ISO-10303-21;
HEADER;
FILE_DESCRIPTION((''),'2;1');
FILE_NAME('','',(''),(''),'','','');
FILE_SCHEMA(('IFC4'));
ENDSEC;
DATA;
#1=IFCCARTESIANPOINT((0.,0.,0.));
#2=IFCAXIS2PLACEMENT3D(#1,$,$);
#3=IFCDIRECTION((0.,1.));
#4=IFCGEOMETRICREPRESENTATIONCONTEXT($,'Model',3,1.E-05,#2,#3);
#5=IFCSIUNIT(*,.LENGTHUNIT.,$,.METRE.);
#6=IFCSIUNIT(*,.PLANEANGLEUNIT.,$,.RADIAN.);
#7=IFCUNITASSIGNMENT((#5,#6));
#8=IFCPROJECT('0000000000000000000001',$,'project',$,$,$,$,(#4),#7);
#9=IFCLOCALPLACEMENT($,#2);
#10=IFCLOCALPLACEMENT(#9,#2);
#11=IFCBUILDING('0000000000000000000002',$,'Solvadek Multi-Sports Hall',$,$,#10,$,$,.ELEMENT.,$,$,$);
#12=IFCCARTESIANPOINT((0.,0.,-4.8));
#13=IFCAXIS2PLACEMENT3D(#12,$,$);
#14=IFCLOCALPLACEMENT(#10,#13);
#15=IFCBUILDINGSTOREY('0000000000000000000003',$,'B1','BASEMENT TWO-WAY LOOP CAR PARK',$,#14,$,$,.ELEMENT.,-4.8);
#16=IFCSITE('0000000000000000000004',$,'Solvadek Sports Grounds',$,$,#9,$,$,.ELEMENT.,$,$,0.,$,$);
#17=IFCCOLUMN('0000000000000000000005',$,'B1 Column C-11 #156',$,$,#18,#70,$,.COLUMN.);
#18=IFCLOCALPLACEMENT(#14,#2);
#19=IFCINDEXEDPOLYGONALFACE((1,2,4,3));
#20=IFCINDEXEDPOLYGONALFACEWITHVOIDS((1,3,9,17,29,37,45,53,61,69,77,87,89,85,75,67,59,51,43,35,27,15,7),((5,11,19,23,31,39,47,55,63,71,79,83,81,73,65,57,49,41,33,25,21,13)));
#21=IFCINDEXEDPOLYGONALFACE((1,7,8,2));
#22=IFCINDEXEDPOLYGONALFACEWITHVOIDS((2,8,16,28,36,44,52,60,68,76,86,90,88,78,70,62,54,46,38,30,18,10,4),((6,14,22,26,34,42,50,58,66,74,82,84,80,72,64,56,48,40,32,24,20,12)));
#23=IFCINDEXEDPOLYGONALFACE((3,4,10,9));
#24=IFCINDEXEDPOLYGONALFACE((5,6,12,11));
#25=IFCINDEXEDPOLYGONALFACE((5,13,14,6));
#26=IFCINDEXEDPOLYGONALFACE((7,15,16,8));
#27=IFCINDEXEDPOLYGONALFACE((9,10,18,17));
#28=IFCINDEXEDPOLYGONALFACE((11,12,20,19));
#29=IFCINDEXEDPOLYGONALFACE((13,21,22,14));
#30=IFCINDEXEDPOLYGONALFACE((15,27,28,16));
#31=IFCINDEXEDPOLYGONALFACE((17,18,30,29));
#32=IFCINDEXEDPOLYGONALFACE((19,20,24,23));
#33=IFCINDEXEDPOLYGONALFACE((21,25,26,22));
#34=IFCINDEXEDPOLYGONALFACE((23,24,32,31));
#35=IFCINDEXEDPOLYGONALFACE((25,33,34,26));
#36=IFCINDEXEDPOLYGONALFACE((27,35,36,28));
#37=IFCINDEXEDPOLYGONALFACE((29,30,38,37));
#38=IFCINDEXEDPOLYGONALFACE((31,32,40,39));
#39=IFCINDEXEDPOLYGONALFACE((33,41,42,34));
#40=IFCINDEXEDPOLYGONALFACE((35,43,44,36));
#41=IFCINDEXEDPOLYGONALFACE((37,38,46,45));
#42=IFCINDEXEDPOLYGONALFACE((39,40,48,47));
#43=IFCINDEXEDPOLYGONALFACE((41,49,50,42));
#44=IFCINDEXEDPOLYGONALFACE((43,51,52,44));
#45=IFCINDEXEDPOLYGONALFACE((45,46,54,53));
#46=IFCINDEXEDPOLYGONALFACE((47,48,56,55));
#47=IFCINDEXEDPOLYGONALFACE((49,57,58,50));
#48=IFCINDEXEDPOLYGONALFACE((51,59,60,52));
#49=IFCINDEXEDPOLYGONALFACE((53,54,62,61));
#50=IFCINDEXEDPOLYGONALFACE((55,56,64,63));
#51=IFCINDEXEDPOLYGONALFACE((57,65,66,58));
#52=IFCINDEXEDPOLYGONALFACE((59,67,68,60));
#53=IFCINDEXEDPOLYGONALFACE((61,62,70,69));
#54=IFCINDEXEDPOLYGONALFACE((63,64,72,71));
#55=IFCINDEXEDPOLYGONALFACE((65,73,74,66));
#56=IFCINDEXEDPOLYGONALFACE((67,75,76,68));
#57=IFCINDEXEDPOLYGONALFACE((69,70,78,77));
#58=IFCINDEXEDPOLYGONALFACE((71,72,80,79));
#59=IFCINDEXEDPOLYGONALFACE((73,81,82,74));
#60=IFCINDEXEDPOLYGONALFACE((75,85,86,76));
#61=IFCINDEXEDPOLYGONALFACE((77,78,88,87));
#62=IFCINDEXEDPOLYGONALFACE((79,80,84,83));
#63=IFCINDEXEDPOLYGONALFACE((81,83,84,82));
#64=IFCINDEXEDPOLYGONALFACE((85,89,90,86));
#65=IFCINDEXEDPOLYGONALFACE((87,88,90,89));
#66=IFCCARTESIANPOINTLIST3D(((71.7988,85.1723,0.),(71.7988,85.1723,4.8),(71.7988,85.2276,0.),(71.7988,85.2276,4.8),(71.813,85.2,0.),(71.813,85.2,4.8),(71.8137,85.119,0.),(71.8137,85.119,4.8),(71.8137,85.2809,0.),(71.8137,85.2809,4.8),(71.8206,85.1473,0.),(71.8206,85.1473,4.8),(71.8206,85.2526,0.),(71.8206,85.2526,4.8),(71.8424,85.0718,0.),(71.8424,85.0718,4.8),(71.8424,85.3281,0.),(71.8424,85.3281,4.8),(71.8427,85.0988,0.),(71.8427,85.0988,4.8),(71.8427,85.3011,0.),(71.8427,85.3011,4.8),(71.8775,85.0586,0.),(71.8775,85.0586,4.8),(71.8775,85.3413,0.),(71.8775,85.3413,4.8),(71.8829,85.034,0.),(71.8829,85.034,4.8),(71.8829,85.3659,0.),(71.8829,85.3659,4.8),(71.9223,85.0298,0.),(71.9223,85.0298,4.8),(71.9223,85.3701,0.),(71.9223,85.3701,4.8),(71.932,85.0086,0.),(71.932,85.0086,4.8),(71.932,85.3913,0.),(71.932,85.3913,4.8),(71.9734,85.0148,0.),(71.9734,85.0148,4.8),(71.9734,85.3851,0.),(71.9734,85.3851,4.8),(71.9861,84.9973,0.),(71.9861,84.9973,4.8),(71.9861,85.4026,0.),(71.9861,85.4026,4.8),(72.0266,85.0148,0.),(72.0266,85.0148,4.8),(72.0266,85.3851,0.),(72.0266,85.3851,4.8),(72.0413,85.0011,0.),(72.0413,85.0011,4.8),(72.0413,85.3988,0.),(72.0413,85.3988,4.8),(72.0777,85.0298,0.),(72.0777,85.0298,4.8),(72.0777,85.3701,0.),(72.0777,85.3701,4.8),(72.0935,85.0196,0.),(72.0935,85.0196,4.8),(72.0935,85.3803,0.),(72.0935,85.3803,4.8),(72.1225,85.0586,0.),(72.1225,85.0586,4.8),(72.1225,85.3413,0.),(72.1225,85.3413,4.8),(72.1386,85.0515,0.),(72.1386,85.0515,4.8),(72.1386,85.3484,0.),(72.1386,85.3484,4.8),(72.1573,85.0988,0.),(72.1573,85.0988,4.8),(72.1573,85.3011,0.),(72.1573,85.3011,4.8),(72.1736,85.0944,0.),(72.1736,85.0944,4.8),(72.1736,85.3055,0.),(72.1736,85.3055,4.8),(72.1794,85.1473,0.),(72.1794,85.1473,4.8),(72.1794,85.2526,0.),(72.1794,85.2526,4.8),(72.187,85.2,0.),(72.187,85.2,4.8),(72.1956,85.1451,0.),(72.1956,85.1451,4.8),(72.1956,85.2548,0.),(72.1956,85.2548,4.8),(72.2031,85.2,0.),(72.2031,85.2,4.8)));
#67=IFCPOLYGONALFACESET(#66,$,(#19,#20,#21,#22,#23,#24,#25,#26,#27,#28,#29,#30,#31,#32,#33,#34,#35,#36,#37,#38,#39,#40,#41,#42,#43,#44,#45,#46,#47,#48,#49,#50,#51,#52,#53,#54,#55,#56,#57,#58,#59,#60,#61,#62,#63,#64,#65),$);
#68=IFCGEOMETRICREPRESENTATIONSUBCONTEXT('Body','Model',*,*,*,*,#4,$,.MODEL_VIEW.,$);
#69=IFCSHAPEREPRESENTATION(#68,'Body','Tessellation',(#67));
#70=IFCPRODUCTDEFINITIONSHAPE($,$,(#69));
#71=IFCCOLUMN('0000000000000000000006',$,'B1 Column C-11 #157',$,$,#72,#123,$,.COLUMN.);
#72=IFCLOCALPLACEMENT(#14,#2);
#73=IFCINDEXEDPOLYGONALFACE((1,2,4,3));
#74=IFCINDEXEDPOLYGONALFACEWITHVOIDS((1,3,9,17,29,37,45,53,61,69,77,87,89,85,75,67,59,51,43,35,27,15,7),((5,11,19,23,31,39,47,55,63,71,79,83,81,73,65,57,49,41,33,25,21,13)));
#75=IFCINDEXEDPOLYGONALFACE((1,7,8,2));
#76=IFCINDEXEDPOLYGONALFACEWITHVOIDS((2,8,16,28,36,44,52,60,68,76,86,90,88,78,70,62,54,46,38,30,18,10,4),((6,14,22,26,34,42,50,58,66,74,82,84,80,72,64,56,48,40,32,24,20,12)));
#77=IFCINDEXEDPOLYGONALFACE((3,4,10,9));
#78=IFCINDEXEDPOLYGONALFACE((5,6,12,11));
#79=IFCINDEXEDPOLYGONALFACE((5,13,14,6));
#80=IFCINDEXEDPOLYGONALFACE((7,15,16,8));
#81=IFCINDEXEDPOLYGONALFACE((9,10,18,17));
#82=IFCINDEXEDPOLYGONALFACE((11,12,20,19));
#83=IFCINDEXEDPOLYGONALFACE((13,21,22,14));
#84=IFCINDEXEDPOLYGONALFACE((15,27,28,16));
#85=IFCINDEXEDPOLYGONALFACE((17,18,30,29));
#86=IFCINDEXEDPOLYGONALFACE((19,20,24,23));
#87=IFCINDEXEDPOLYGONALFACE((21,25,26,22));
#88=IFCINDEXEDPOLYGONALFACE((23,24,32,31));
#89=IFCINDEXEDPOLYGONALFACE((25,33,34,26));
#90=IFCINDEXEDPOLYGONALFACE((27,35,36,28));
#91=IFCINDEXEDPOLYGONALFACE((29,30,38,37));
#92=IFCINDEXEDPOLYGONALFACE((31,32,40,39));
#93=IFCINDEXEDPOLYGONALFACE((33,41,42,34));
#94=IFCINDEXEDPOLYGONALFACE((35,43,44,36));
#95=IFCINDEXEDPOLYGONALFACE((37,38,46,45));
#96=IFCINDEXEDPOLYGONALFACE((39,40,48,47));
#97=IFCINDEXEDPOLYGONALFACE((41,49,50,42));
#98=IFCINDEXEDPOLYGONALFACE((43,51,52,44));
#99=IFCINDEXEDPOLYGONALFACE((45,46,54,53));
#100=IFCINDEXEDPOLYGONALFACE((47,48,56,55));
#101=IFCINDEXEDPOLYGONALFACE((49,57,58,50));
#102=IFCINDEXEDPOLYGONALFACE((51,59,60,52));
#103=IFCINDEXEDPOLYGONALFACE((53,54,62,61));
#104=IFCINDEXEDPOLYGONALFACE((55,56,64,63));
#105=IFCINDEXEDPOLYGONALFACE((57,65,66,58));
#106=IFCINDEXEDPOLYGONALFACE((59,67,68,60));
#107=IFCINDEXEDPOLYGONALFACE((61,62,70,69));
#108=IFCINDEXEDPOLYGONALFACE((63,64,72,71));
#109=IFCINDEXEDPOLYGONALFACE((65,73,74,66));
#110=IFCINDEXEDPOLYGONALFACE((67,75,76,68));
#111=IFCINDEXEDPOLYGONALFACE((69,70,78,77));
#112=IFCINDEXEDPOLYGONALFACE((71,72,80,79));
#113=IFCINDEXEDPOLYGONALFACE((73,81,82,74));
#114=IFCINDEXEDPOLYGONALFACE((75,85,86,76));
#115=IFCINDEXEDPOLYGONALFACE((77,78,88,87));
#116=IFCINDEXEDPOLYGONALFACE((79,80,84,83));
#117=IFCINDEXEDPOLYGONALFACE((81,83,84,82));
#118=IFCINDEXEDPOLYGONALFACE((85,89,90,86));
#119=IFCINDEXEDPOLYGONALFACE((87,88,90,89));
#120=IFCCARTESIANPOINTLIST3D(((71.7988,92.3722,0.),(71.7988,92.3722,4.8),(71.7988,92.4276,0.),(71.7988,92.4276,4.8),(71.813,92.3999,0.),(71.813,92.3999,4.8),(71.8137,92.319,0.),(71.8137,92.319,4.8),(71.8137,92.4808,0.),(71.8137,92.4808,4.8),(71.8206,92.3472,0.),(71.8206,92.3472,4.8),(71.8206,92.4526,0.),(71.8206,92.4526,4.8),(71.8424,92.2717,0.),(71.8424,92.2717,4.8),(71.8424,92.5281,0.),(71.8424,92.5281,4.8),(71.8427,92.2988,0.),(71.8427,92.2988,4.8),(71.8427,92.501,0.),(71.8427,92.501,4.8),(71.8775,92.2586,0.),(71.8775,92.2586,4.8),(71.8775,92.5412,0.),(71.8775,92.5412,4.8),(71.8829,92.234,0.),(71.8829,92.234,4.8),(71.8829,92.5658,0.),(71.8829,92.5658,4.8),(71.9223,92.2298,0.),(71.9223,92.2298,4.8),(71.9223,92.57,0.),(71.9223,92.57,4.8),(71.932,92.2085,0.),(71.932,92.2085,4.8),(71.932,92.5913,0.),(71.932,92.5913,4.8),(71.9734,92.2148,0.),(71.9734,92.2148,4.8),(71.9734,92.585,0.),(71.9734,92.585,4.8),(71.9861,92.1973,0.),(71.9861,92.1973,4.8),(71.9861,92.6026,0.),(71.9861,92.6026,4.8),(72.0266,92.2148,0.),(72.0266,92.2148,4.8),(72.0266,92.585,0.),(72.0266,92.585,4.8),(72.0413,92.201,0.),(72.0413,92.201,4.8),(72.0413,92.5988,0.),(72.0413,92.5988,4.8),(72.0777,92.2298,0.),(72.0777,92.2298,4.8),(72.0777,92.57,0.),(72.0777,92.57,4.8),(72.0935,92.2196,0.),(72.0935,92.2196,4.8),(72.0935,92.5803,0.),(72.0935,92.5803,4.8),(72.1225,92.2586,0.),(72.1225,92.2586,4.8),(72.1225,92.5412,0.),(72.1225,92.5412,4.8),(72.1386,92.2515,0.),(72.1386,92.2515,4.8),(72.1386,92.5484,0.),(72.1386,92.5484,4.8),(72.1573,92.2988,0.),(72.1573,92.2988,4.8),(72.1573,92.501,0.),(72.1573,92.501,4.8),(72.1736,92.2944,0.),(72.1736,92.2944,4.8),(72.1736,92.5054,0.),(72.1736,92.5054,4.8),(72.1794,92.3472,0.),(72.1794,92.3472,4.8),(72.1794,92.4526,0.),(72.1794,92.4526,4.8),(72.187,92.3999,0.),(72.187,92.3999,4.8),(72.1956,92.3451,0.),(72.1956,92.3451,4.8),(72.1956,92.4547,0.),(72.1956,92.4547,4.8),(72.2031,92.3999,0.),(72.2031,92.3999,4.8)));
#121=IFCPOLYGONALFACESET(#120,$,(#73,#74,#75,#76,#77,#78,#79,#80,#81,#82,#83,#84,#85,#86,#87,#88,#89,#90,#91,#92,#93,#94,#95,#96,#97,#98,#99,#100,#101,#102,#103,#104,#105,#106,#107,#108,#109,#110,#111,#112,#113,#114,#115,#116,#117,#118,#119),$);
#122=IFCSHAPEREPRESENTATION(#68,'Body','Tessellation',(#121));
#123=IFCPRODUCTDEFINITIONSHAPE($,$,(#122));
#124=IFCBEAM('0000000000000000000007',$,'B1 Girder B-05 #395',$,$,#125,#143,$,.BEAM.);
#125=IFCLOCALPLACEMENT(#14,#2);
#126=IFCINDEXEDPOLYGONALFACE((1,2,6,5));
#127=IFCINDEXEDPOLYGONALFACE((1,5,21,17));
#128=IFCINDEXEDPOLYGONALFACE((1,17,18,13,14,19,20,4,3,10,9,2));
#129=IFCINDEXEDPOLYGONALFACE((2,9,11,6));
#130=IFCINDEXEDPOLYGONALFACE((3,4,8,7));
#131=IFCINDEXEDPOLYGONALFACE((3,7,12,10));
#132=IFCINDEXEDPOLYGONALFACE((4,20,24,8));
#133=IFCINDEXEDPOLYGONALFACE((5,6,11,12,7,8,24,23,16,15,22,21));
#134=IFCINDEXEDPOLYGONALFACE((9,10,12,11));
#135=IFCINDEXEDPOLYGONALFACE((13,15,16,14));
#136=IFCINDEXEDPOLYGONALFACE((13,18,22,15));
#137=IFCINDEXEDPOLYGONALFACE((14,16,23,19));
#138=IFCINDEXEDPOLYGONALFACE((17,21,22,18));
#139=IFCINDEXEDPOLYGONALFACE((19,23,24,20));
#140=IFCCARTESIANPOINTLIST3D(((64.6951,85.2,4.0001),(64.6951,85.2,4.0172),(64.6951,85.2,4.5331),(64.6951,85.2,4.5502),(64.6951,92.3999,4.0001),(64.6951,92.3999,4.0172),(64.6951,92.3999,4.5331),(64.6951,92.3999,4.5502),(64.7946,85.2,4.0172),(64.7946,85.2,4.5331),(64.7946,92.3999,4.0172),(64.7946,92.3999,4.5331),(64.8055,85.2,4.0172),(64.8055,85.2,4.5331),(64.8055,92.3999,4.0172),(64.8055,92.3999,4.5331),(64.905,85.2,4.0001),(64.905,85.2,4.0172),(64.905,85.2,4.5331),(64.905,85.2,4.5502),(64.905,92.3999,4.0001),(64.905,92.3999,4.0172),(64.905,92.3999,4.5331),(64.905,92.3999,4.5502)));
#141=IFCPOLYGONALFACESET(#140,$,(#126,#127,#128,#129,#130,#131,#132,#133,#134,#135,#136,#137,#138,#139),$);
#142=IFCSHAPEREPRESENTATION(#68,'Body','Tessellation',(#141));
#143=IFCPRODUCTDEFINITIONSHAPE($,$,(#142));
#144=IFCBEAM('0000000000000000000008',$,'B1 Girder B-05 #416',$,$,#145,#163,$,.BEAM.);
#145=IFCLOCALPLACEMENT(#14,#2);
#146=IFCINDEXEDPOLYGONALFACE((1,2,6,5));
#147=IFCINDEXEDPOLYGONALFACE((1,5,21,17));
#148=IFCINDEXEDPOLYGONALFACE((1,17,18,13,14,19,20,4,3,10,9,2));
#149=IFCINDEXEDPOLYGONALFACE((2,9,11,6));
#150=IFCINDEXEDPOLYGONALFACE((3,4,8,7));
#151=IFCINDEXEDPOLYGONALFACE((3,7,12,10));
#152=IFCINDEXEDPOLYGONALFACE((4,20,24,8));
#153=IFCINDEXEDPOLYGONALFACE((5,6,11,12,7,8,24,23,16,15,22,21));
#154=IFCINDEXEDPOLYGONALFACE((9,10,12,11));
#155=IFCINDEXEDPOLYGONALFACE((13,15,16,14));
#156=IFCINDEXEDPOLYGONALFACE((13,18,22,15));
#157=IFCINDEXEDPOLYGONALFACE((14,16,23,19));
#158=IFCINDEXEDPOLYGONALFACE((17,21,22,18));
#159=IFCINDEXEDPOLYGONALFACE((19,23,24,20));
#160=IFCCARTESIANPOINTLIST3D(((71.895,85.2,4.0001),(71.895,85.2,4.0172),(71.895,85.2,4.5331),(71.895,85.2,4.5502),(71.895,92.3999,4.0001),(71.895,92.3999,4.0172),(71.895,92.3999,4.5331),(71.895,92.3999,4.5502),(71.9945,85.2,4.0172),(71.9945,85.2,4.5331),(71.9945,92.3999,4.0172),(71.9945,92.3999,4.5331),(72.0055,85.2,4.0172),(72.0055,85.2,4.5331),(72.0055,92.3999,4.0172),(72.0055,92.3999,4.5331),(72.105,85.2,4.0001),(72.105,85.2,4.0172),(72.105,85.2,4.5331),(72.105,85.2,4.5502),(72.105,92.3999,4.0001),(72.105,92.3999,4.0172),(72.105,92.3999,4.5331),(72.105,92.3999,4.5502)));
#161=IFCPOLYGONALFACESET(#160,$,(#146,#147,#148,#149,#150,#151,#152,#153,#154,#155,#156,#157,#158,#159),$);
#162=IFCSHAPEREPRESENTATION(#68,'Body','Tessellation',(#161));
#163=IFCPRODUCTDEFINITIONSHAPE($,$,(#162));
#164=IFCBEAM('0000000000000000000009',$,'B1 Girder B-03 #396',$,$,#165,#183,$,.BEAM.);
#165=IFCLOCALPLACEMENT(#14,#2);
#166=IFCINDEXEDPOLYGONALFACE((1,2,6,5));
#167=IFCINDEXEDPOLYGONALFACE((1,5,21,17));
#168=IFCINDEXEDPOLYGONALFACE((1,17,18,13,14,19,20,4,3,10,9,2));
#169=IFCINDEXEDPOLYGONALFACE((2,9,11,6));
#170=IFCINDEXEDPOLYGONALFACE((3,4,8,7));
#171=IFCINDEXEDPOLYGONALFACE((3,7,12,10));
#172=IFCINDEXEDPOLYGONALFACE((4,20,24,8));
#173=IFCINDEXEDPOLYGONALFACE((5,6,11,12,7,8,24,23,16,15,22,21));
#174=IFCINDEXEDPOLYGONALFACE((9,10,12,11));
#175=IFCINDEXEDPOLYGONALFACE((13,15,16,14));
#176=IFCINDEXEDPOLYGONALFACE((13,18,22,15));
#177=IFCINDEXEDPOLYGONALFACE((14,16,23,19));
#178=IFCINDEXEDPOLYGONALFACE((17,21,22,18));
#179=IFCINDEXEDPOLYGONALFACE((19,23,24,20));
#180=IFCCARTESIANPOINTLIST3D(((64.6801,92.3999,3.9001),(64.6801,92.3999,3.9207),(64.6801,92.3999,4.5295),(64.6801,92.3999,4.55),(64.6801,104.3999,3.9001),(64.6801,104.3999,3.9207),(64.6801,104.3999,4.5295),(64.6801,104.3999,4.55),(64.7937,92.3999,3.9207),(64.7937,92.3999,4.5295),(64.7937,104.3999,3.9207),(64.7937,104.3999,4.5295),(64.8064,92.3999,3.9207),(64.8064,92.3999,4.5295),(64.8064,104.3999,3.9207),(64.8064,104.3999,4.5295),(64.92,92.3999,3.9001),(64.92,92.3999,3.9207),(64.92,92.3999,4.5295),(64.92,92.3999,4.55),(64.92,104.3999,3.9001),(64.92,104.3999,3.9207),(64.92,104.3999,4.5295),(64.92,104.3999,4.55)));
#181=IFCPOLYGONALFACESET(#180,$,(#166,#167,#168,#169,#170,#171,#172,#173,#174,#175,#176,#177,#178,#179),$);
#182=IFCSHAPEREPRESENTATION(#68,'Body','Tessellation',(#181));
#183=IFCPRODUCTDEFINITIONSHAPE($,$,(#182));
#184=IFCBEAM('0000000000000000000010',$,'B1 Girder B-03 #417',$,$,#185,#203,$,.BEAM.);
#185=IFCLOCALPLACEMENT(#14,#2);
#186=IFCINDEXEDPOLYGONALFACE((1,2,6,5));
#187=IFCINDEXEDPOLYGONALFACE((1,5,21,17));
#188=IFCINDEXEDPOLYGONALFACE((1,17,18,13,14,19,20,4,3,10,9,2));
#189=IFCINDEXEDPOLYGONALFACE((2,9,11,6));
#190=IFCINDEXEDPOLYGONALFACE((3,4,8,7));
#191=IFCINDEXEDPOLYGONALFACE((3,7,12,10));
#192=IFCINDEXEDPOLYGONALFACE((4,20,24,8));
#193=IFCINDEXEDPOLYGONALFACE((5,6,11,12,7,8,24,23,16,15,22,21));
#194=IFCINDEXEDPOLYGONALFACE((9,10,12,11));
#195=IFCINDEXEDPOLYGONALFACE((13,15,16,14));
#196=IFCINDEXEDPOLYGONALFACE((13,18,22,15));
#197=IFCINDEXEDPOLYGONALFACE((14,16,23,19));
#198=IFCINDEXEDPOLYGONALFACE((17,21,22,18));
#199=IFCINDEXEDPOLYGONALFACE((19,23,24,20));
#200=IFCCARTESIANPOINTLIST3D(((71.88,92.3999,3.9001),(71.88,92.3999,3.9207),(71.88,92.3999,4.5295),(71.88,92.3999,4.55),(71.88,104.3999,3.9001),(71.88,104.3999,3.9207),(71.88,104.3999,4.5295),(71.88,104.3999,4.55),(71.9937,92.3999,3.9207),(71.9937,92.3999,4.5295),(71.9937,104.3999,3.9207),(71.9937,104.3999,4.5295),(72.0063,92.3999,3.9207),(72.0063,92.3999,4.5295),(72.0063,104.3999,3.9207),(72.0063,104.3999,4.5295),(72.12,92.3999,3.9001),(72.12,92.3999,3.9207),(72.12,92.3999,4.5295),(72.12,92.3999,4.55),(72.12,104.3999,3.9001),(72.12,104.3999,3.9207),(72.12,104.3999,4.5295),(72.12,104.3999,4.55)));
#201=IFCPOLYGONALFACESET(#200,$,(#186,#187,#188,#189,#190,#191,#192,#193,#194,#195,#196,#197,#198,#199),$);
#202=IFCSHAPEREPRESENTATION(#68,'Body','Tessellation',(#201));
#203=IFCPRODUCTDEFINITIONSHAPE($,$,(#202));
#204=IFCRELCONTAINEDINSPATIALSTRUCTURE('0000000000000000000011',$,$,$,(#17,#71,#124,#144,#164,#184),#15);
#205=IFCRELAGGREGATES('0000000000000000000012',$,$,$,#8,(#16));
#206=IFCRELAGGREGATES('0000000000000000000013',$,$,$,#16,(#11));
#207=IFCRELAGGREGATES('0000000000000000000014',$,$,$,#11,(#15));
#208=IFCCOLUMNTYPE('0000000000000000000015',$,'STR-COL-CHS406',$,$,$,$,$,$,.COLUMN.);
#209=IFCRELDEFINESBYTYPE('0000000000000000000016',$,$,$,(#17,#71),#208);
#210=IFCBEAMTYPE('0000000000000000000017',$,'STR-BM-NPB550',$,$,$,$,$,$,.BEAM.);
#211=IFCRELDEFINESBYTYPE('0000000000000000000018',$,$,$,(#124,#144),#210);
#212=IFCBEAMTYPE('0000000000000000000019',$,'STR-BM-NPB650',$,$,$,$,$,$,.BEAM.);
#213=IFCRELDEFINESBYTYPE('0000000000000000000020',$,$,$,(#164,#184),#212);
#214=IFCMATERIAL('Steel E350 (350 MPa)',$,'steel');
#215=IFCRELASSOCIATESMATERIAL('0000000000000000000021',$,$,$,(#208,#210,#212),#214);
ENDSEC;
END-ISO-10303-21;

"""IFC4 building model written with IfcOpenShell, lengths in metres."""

from ifc_helpers import new_model, si_unit, direction, frame, origin, origin_2d, place, context, subcontext, project, spatial, hollow_circle, i_section, extrude, material, material_profile, profile_set, type_object, element, save


model = new_model("IFC4")

# Units and contexts
model_context = context("Model", 3, precision=1e-05, world=origin(), true_north=direction((0.0, 1.0)))
body_context = subcontext(model_context, "Body", "Model", "MODEL_VIEW")
ifc_project = project(units=[si_unit("LENGTHUNIT", "METRE"), si_unit("PLANEANGLEUNIT", "RADIAN")], contexts=[model_context])

# Site, building, storey
site_placement = place(None, origin())
site = spatial("IfcSite", under=ifc_project, at=site_placement, Name="Solvadek Sports Grounds", CompositionType="ELEMENT", RefElevation=0.0)
building_placement = place(site_placement, origin())
building = spatial("IfcBuilding", under=site, at=building_placement, Name="Solvadek Multi-Sports Hall", CompositionType="ELEMENT")
storey_placement = place(building_placement, frame((0.0, 0.0, -4.8)))
storey = spatial("IfcBuildingStorey", under=building, at=storey_placement, Name="B1", Description="BASEMENT TWO-WAY LOOP CAR PARK", CompositionType="ELEMENT", Elevation=-4.8)

# Columns
ifc_material_1 = material(Name="Steel E350 (350 MPa)", Category="steel")
ifc_material_profile_1 = material_profile(ifc_material_1, hollow_circle(Radius=0.2031, WallThickness=0.0161, at=origin_2d()), Name="CHS 406.4x16")
ifc_profile_set_1 = profile_set([ifc_material_profile_1], Name="Steel E350 (350 MPa)")
column_type = type_object("IfcColumnType", Name="STR-COL-CHS406", PredefinedType="COLUMN", material=ifc_profile_set_1)
for number, where, z_axis, x_axis, name in (
    (1, (72.0, 85.2, 0.0), (0.0, 0.0, 1.0), (1.0, 0.0, 0.0), "B1 Column C-11 #156"),
    (2, (72.0, 92.3999, 0.0), (0.0, 0.0, 1.0), (1.0, 0.0, 0.0), "B1 Column C-11 #157"),
):
    element("IfcColumn", number, at=place(storey_placement, frame(where, z_axis=z_axis, x_axis=x_axis)), inside=storey, type_object=column_type, Name=name, PredefinedType="COLUMN", context=body_context, shape_type="SweptSolid", body=[
        extrude(hollow_circle(Radius=0.2031, WallThickness=0.0161, at=origin_2d()), origin(), (0.0, 0.0, 1.0), 4.8),
    ])

# Beams
ifc_material_profile_2 = material_profile(ifc_material_1, i_section(OverallWidth=0.21, OverallDepth=0.55, WebThickness=0.011, FlangeThickness=0.0171, at=origin_2d()), Name="NPB 550")
ifc_profile_set_2 = profile_set([ifc_material_profile_2], Name="Steel E350 (350 MPa)")
beam_type_1 = type_object("IfcBeamType", Name="STR-BM-NPB550", PredefinedType="BEAM", material=ifc_profile_set_2)
for number, where, z_axis, x_axis, name in (
    (3, (64.8, 85.2, 4.2751), (0.0, 1.0, 0.0), (-1.0, 0.0, 0.0), "B1 Girder B-05 #395"),
    (4, (72.0, 85.2, 4.2751), (0.0, 1.0, 0.0), (-1.0, 0.0, 0.0), "B1 Girder B-05 #416"),
):
    element("IfcBeam", number, at=place(storey_placement, frame(where, z_axis=z_axis, x_axis=x_axis)), inside=storey, type_object=beam_type_1, Name=name, PredefinedType="BEAM", context=body_context, shape_type="SweptSolid", body=[
        extrude(i_section(OverallWidth=0.21, OverallDepth=0.55, WebThickness=0.011, FlangeThickness=0.0171, at=origin_2d()), origin(), (0.0, 0.0, 1.0), 7.2),
    ])
ifc_material_profile_3 = material_profile(ifc_material_1, i_section(OverallWidth=0.24, OverallDepth=0.6499, WebThickness=0.0127, FlangeThickness=0.0205, at=origin_2d()), Name="NPB 650")
ifc_profile_set_3 = profile_set([ifc_material_profile_3], Name="Steel E350 (350 MPa)")
beam_type_2 = type_object("IfcBeamType", Name="STR-BM-NPB650", PredefinedType="BEAM", material=ifc_profile_set_3)
for number, where, z_axis, x_axis, name in (
    (5, (64.8, 92.3999, 4.2251), (0.0, 1.0, 0.0), (-1.0, 0.0, 0.0), "B1 Girder B-03 #396"),
    (6, (72.0, 92.3999, 4.2251), (0.0, 1.0, 0.0), (-1.0, 0.0, 0.0), "B1 Girder B-03 #417"),
):
    element("IfcBeam", number, at=place(storey_placement, frame(where, z_axis=z_axis, x_axis=x_axis)), inside=storey, type_object=beam_type_2, Name=name, PredefinedType="BEAM", context=body_context, shape_type="SweptSolid", body=[
        extrude(i_section(OverallWidth=0.24, OverallDepth=0.6499, WebThickness=0.0127, FlangeThickness=0.0205, at=origin_2d()), origin(), (0.0, 0.0, 1.0), 12.0),
    ])

save(model, "model.ifc")
